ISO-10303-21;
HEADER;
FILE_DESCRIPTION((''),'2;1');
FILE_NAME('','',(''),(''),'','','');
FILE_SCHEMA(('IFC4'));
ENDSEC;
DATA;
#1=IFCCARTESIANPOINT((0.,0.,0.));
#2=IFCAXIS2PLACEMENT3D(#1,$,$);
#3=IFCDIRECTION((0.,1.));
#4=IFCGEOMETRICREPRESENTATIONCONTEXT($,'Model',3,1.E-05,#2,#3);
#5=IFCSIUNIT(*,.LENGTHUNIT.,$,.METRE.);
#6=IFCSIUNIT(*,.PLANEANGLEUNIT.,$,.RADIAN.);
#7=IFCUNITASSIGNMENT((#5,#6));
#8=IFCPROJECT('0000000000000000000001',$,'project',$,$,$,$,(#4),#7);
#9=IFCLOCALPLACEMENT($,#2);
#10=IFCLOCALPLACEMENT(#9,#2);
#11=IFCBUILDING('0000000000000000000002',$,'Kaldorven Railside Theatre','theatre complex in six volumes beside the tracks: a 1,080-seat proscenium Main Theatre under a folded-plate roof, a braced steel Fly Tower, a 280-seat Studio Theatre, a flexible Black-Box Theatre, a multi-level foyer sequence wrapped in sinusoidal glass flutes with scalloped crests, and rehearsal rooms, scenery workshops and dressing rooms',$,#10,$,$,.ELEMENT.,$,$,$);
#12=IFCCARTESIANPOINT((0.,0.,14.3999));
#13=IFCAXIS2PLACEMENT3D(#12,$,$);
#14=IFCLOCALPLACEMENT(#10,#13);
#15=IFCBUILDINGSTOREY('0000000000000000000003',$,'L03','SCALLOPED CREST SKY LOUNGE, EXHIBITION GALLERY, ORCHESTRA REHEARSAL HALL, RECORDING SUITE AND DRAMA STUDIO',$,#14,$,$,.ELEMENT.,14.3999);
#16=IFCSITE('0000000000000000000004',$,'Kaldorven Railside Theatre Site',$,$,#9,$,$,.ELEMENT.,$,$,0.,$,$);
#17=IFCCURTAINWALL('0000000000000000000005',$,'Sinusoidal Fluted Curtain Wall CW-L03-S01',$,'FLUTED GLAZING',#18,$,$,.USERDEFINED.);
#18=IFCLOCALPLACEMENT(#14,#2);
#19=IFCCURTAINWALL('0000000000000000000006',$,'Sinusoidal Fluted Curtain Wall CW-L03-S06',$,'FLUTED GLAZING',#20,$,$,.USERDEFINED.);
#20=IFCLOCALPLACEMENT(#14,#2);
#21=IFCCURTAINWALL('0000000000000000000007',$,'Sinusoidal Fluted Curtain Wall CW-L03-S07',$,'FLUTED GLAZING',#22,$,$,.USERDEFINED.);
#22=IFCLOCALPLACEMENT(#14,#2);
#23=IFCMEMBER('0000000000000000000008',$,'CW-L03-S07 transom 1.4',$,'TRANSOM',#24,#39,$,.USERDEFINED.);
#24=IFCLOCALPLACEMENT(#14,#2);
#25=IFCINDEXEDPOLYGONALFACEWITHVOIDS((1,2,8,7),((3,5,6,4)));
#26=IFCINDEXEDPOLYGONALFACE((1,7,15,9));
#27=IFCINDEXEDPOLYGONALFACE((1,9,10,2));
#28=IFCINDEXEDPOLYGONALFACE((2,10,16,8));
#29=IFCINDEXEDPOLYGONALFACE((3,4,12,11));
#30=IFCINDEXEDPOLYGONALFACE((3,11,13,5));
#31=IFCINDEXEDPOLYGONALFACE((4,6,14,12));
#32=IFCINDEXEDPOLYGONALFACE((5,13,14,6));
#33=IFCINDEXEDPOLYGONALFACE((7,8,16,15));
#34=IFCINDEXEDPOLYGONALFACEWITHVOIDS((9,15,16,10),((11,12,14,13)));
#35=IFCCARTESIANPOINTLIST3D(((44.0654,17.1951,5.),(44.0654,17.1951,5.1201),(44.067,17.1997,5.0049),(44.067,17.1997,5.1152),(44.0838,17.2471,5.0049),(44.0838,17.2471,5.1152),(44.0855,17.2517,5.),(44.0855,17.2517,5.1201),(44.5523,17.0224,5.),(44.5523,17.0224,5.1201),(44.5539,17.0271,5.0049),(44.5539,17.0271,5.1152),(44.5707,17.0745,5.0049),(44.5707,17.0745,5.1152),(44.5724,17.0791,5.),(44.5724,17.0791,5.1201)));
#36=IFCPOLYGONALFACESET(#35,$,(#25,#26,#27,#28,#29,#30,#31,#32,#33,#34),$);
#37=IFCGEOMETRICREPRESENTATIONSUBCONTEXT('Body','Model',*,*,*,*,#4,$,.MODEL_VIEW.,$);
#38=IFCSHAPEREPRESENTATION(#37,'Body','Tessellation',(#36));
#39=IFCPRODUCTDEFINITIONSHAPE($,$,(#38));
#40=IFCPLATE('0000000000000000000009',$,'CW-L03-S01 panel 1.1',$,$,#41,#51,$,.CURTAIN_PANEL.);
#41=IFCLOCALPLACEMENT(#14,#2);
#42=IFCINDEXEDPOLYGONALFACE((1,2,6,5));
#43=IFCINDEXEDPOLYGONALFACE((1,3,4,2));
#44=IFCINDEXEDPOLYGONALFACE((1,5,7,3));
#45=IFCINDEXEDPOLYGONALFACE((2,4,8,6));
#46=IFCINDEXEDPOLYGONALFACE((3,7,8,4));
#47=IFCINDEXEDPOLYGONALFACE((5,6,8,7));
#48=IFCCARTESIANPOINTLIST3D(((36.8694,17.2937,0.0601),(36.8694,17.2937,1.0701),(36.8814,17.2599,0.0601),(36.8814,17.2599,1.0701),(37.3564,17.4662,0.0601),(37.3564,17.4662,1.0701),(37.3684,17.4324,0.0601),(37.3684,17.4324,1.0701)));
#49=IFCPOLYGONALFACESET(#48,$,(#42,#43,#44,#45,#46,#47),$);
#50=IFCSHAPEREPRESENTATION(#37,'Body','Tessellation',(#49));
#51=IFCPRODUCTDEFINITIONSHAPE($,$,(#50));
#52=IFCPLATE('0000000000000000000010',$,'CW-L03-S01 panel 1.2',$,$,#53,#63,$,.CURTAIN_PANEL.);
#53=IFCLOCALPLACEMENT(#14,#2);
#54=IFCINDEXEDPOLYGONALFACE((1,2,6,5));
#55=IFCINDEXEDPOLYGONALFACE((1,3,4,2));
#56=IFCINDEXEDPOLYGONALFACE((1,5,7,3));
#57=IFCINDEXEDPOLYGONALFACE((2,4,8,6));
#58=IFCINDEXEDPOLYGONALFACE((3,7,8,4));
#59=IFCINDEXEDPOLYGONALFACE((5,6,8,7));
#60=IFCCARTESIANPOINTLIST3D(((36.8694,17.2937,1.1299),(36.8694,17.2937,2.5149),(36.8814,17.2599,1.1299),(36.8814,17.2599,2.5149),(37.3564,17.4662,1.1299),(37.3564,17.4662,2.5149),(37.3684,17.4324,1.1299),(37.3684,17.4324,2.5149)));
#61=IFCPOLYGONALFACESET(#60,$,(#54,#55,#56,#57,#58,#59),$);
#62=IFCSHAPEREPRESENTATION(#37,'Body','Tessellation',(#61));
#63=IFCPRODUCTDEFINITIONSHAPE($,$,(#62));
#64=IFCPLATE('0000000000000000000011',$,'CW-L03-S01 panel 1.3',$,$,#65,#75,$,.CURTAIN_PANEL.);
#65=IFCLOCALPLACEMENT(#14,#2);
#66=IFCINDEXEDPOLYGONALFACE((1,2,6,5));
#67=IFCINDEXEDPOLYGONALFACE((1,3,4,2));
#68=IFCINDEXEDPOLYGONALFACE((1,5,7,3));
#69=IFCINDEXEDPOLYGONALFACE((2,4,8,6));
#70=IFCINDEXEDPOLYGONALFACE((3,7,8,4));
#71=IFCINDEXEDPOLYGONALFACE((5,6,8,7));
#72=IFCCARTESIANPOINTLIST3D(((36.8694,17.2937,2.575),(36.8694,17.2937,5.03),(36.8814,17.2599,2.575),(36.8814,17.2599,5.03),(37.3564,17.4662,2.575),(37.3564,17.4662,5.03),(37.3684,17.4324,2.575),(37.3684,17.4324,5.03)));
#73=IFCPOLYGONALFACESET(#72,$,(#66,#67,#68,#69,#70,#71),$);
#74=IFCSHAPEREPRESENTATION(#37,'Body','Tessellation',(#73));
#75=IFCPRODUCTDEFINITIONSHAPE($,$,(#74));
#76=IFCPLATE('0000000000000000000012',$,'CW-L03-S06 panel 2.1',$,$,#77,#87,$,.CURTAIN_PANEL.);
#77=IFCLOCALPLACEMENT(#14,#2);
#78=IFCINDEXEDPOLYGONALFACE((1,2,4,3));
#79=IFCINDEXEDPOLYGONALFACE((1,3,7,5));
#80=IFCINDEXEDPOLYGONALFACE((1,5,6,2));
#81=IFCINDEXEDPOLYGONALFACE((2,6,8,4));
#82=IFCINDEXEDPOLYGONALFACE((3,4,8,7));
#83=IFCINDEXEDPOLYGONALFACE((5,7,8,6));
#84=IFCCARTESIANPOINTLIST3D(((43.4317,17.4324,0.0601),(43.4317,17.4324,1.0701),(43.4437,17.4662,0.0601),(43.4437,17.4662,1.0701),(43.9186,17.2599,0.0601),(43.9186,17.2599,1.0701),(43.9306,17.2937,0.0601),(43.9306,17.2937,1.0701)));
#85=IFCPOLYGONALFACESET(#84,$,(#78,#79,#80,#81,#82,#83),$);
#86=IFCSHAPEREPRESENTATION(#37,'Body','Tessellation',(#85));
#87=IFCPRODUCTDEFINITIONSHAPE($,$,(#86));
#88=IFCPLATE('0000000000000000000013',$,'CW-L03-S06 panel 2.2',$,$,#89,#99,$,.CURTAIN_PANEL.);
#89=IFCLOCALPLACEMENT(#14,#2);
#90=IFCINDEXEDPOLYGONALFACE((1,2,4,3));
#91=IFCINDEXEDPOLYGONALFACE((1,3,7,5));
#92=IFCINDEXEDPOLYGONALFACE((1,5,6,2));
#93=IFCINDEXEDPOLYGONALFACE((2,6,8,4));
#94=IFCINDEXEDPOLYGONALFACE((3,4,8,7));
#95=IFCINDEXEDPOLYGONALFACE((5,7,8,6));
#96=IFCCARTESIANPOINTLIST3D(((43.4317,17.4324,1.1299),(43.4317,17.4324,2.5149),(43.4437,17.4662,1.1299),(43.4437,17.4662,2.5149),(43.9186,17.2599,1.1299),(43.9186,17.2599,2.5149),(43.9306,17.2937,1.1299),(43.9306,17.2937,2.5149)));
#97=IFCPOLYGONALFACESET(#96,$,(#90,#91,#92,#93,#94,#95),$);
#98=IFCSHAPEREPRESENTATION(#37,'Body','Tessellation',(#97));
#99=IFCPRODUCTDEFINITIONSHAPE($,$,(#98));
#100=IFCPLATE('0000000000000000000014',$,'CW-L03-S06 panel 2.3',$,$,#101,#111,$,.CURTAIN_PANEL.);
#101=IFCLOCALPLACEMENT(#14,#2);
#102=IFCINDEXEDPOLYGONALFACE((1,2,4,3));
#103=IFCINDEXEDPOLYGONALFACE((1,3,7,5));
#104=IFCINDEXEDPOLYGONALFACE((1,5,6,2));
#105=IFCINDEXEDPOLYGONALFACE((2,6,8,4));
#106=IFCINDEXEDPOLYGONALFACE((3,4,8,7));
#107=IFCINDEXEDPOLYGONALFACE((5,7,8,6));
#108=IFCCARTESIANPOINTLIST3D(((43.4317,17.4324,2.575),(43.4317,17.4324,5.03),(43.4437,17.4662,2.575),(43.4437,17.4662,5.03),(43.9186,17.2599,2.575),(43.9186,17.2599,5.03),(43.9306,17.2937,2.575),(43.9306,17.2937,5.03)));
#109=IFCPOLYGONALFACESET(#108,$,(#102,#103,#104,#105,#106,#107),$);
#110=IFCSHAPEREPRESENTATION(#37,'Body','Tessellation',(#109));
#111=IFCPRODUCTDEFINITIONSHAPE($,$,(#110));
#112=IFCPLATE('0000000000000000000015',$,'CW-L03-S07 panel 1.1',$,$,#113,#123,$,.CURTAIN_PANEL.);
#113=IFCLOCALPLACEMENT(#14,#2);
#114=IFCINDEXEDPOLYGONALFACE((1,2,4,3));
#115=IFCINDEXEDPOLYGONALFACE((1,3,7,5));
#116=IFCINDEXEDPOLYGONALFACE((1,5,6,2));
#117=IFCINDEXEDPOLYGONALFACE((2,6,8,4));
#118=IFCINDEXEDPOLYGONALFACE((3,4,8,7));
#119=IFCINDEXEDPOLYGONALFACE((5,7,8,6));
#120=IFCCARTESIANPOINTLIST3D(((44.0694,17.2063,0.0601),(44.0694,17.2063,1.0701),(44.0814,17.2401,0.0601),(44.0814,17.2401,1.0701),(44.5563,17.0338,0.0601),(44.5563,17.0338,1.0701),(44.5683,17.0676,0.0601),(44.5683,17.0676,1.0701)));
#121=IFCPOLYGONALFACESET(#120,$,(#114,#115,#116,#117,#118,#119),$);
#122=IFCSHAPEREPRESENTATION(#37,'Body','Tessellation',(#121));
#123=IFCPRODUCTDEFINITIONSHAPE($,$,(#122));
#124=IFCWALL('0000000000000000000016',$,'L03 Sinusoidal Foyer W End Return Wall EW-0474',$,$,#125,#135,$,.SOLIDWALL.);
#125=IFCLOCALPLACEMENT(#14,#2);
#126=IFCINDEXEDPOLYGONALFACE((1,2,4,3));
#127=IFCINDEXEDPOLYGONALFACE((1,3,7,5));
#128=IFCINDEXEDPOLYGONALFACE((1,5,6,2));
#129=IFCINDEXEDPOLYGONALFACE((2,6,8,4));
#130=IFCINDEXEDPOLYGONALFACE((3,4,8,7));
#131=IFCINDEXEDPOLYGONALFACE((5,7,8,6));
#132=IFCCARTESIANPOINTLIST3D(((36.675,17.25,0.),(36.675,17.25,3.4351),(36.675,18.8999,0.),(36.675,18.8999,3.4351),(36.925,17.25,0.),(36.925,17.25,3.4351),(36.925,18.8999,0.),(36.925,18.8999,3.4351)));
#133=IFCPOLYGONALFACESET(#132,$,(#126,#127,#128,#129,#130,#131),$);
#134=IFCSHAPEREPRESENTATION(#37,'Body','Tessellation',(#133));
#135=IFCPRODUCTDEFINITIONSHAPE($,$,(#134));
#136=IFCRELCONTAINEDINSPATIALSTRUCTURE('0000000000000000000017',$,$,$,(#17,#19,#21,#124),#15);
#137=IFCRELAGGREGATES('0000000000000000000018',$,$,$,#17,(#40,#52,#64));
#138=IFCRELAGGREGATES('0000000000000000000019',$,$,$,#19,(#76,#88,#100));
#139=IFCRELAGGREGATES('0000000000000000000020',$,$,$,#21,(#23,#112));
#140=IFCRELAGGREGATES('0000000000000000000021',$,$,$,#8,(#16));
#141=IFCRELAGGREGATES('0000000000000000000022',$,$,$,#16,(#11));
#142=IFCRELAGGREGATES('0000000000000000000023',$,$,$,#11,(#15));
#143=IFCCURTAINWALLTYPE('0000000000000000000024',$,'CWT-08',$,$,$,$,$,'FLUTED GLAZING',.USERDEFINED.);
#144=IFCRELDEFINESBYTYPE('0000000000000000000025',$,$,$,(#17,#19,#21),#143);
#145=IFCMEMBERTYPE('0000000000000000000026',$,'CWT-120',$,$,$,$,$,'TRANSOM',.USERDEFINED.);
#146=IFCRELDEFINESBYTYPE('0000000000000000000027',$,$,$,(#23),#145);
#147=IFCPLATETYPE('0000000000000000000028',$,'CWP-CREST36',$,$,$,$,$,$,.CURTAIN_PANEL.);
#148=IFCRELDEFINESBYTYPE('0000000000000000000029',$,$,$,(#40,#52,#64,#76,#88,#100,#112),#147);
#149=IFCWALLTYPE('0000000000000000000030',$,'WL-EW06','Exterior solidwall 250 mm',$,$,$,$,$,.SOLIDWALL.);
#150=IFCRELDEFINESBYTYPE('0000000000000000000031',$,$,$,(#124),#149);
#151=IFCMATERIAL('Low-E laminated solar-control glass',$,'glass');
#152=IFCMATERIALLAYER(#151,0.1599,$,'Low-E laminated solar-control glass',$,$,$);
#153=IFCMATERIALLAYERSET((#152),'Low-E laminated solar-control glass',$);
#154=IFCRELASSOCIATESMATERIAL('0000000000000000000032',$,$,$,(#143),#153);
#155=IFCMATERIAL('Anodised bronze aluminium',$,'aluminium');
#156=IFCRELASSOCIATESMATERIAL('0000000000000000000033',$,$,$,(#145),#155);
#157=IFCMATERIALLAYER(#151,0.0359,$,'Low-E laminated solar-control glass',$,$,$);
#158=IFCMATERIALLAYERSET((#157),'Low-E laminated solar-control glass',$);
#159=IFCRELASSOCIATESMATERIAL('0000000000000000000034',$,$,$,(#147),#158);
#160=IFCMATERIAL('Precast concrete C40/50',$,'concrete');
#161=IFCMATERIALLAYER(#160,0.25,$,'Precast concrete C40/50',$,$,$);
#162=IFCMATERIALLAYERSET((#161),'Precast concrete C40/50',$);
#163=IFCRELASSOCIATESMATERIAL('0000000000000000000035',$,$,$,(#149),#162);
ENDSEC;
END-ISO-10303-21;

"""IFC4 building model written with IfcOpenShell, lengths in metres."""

from ifc_helpers import new_model, si_unit, direction, frame, frame_2d, origin, origin_2d, place, context, subcontext, project, spatial, rectangle, hollow_rectangle, extrude, material, layer, layer_set, material_profile, profile_set, type_object, element, aggregate, save


model = new_model("IFC4")

# Units and contexts
model_context = context("Model", 3, precision=1e-05, world=origin(), true_north=direction((0.0, 1.0)))
body_context = subcontext(model_context, "Body", "Model", "MODEL_VIEW")
ifc_project = project(units=[si_unit("LENGTHUNIT", "METRE"), si_unit("PLANEANGLEUNIT", "RADIAN")], contexts=[model_context])

# Site, building, storey
site_placement = place(None, origin())
site = spatial("IfcSite", under=ifc_project, at=site_placement, Name="Kaldorven Railside Theatre Site", CompositionType="ELEMENT", RefElevation=0.0)
building_placement = place(site_placement, origin())
building = spatial("IfcBuilding", under=site, at=building_placement, Name="Kaldorven Railside Theatre", Description="theatre complex in six volumes beside the tracks: a 1,080-seat proscenium Main Theatre under a folded-plate roof, a braced steel Fly Tower, a 280-seat Studio Theatre, a flexible Black-Box Theatre, a multi-level foyer sequence wrapped in sinusoidal glass flutes with scalloped crests, and rehearsal rooms, scenery workshops and dressing rooms", CompositionType="ELEMENT")
storey_placement = place(building_placement, frame((0.0, 0.0, 14.3999)))
storey = spatial("IfcBuildingStorey", under=building, at=storey_placement, Name="L03", Description="SCALLOPED CREST SKY LOUNGE, EXHIBITION GALLERY, ORCHESTRA REHEARSAL HALL, RECORDING SUITE AND DRAMA STUDIO", CompositionType="ELEMENT", Elevation=14.3999)

# Curtain walls
ifc_material_1 = material(Name="Low-E laminated solar-control glass", Category="glass")
ifc_layer_1 = layer(ifc_material_1, 0.1599, Name="Low-E laminated solar-control glass")
ifc_layer_set_1 = layer_set([ifc_layer_1], Name="Low-E laminated solar-control glass")
curtain_wall_type = type_object("IfcCurtainWallType", Name="CWT-08", ElementType="FLUTED GLAZING", PredefinedType="USERDEFINED", material=ifc_layer_set_1)
curtain_wall_1_placement = place(storey_placement, origin())
curtain_wall_1 = element("IfcCurtainWall", 1, at=curtain_wall_1_placement, inside=storey, type_object=curtain_wall_type, Name="Sinusoidal Fluted Curtain Wall CW-L03-S01", ObjectType="FLUTED GLAZING", PredefinedType="USERDEFINED")
ifc_material_2 = material(Name="Anodised bronze aluminium", Category="aluminium")
curtain_wall_2_placement = place(storey_placement, origin())
curtain_wall_2 = element("IfcCurtainWall", 2, at=curtain_wall_2_placement, inside=storey, type_object=curtain_wall_type, Name="Sinusoidal Fluted Curtain Wall CW-L03-S06", ObjectType="FLUTED GLAZING", PredefinedType="USERDEFINED")

# Curtain wall
curtain_wall_3_placement = place(storey_placement, origin())
curtain_wall_3 = element("IfcCurtainWall", 3, at=curtain_wall_3_placement, inside=storey, type_object=curtain_wall_type, Name="Sinusoidal Fluted Curtain Wall CW-L03-S07", ObjectType="FLUTED GLAZING", PredefinedType="USERDEFINED")

# Member
ifc_material_profile_1 = material_profile(ifc_material_2, hollow_rectangle(XDim=0.0601, YDim=0.1201, WallThickness=0.0049, at=origin_2d()), Name="RHS 120x60x5")
ifc_profile_set_1 = profile_set([ifc_material_profile_1], Name="Anodised bronze aluminium")
member_type_1 = type_object("IfcMemberType", Name="CWT-120", ElementType="TRANSOM", PredefinedType="USERDEFINED", material=ifc_profile_set_1)
member_1_placement = place(storey_placement, frame((44.0754, 17.2234, 5.0601), z_axis=(0.942509, -0.33418, 0.0), x_axis=(0.33418, 0.942509, 0.0)))
member_1 = element("IfcMember", 4, at=member_1_placement, type_object=member_type_1, Name="CW-L03-S07 transom 1.4", ObjectType="TRANSOM", PredefinedType="USERDEFINED", context=body_context, shape_type="SweptSolid", body=[
    extrude(hollow_rectangle(XDim=0.0601, YDim=0.1201, WallThickness=0.0049, at=origin_2d()), origin(), (0.0, 0.0, 1.0), 0.5166),
])

# Plates
ifc_layer_2 = layer(ifc_material_1, 0.0359, Name="Low-E laminated solar-control glass")
ifc_layer_set_2 = layer_set([ifc_layer_2], Name="Low-E laminated solar-control glass")
plate_type = type_object("IfcPlateType", Name="CWP-CREST36", PredefinedType="CURTAIN_PANEL", material=ifc_layer_set_2)
plate_1_placement = place(storey_placement, frame((37.1189, 17.363, 0.0601), z_axis=(0.0, 0.0, 1.0), x_axis=(0.942627, 0.333847, 0.0)))
plate_1 = element("IfcPlate", 5, at=plate_1_placement, type_object=plate_type, Name="CW-L03-S01 panel 1.1", PredefinedType="CURTAIN_PANEL", context=body_context, shape_type="SweptSolid", body=[
    extrude(rectangle(XDim=0.5166, YDim=0.0359, at=origin_2d()), origin(), (0.0, 0.0, 1.0), 1.01),
])
plate_2_placement = place(storey_placement, frame((37.1189, 17.363, 1.1299), z_axis=(0.0, 0.0, 1.0), x_axis=(0.942627, 0.333847, 0.0)))
plate_2 = element("IfcPlate", 6, at=plate_2_placement, type_object=plate_type, Name="CW-L03-S01 panel 1.2", PredefinedType="CURTAIN_PANEL", context=body_context, shape_type="SweptSolid", body=[
    extrude(rectangle(XDim=0.5166, YDim=0.0359, at=origin_2d()), origin(), (0.0, 0.0, 1.0), 1.385),
])
plate_3_placement = place(storey_placement, frame((37.1189, 17.363, 2.575), z_axis=(0.0, 0.0, 1.0), x_axis=(0.942627, 0.333847, 0.0)))
plate_3 = element("IfcPlate", 7, at=plate_3_placement, type_object=plate_type, Name="CW-L03-S01 panel 1.3", PredefinedType="CURTAIN_PANEL", context=body_context, shape_type="SweptSolid", body=[
    extrude(rectangle(XDim=0.5166, YDim=0.0359, at=origin_2d()), origin(), (0.0, 0.0, 1.0), 2.4551),
])
aggregate(curtain_wall_1, [plate_1, plate_2, plate_3])
plate_4_placement = place(storey_placement, frame((43.6812, 17.363, 0.0601), z_axis=(0.0, 0.0, 1.0), x_axis=(0.942627, -0.333847, 0.0)))
plate_4 = element("IfcPlate", 8, at=plate_4_placement, type_object=plate_type, Name="CW-L03-S06 panel 2.1", PredefinedType="CURTAIN_PANEL", context=body_context, shape_type="SweptSolid", body=[
    extrude(rectangle(XDim=0.5166, YDim=0.0359, at=origin_2d()), origin(), (0.0, 0.0, 1.0), 1.01),
])
plate_5_placement = place(storey_placement, frame((43.6812, 17.363, 1.1299), z_axis=(0.0, 0.0, 1.0), x_axis=(0.942627, -0.333847, 0.0)))
plate_5 = element("IfcPlate", 9, at=plate_5_placement, type_object=plate_type, Name="CW-L03-S06 panel 2.2", PredefinedType="CURTAIN_PANEL", context=body_context, shape_type="SweptSolid", body=[
    extrude(rectangle(XDim=0.5166, YDim=0.0359, at=origin_2d()), origin(), (0.0, 0.0, 1.0), 1.385),
])
plate_6_placement = place(storey_placement, frame((43.6812, 17.363, 2.575), z_axis=(0.0, 0.0, 1.0), x_axis=(0.942627, -0.333847, 0.0)))
plate_6 = element("IfcPlate", 10, at=plate_6_placement, type_object=plate_type, Name="CW-L03-S06 panel 2.3", PredefinedType="CURTAIN_PANEL", context=body_context, shape_type="SweptSolid", body=[
    extrude(rectangle(XDim=0.5166, YDim=0.0359, at=origin_2d()), origin(), (0.0, 0.0, 1.0), 2.4551),
])
aggregate(curtain_wall_2, [plate_4, plate_5, plate_6])
plate_7_placement = place(storey_placement, frame((44.3188, 17.137, 0.0601), z_axis=(0.0, 0.0, 1.0), x_axis=(0.942627, -0.333847, 0.0)))
plate_7 = element("IfcPlate", 11, at=plate_7_placement, type_object=plate_type, Name="CW-L03-S07 panel 1.1", PredefinedType="CURTAIN_PANEL", context=body_context, shape_type="SweptSolid", body=[
    extrude(rectangle(XDim=0.5166, YDim=0.0359, at=origin_2d()), origin(), (0.0, 0.0, 1.0), 1.01),
])
aggregate(curtain_wall_3, [member_1, plate_7])

# Wall
ifc_material_3 = material(Name="Precast concrete C40/50", Category="concrete")
ifc_layer_3 = layer(ifc_material_3, 0.25, Name="Precast concrete C40/50")
ifc_layer_set_3 = layer_set([ifc_layer_3], Name="Precast concrete C40/50")
wall_type = type_object("IfcWallType", Name="WL-EW06", Description="Exterior solidwall 250 mm", PredefinedType="SOLIDWALL", material=ifc_layer_set_3)
wall_placement = place(storey_placement, frame((36.8, 17.25, 0.0), z_axis=(0.0, 0.0, 1.0), x_axis=(0.0, 1.0, 0.0)))
element("IfcWall", 12, at=wall_placement, inside=storey, type_object=wall_type, Name="L03 Sinusoidal Foyer W End Return Wall EW-0474", PredefinedType="SOLIDWALL", context=body_context, shape_type="SweptSolid", body=[
    extrude(rectangle(XDim=1.6499, YDim=0.25, at=frame_2d((0.825, 0.0))), origin(), (0.0, 0.0, 1.0), 3.4351),
])

save(model, "model.ifc")
